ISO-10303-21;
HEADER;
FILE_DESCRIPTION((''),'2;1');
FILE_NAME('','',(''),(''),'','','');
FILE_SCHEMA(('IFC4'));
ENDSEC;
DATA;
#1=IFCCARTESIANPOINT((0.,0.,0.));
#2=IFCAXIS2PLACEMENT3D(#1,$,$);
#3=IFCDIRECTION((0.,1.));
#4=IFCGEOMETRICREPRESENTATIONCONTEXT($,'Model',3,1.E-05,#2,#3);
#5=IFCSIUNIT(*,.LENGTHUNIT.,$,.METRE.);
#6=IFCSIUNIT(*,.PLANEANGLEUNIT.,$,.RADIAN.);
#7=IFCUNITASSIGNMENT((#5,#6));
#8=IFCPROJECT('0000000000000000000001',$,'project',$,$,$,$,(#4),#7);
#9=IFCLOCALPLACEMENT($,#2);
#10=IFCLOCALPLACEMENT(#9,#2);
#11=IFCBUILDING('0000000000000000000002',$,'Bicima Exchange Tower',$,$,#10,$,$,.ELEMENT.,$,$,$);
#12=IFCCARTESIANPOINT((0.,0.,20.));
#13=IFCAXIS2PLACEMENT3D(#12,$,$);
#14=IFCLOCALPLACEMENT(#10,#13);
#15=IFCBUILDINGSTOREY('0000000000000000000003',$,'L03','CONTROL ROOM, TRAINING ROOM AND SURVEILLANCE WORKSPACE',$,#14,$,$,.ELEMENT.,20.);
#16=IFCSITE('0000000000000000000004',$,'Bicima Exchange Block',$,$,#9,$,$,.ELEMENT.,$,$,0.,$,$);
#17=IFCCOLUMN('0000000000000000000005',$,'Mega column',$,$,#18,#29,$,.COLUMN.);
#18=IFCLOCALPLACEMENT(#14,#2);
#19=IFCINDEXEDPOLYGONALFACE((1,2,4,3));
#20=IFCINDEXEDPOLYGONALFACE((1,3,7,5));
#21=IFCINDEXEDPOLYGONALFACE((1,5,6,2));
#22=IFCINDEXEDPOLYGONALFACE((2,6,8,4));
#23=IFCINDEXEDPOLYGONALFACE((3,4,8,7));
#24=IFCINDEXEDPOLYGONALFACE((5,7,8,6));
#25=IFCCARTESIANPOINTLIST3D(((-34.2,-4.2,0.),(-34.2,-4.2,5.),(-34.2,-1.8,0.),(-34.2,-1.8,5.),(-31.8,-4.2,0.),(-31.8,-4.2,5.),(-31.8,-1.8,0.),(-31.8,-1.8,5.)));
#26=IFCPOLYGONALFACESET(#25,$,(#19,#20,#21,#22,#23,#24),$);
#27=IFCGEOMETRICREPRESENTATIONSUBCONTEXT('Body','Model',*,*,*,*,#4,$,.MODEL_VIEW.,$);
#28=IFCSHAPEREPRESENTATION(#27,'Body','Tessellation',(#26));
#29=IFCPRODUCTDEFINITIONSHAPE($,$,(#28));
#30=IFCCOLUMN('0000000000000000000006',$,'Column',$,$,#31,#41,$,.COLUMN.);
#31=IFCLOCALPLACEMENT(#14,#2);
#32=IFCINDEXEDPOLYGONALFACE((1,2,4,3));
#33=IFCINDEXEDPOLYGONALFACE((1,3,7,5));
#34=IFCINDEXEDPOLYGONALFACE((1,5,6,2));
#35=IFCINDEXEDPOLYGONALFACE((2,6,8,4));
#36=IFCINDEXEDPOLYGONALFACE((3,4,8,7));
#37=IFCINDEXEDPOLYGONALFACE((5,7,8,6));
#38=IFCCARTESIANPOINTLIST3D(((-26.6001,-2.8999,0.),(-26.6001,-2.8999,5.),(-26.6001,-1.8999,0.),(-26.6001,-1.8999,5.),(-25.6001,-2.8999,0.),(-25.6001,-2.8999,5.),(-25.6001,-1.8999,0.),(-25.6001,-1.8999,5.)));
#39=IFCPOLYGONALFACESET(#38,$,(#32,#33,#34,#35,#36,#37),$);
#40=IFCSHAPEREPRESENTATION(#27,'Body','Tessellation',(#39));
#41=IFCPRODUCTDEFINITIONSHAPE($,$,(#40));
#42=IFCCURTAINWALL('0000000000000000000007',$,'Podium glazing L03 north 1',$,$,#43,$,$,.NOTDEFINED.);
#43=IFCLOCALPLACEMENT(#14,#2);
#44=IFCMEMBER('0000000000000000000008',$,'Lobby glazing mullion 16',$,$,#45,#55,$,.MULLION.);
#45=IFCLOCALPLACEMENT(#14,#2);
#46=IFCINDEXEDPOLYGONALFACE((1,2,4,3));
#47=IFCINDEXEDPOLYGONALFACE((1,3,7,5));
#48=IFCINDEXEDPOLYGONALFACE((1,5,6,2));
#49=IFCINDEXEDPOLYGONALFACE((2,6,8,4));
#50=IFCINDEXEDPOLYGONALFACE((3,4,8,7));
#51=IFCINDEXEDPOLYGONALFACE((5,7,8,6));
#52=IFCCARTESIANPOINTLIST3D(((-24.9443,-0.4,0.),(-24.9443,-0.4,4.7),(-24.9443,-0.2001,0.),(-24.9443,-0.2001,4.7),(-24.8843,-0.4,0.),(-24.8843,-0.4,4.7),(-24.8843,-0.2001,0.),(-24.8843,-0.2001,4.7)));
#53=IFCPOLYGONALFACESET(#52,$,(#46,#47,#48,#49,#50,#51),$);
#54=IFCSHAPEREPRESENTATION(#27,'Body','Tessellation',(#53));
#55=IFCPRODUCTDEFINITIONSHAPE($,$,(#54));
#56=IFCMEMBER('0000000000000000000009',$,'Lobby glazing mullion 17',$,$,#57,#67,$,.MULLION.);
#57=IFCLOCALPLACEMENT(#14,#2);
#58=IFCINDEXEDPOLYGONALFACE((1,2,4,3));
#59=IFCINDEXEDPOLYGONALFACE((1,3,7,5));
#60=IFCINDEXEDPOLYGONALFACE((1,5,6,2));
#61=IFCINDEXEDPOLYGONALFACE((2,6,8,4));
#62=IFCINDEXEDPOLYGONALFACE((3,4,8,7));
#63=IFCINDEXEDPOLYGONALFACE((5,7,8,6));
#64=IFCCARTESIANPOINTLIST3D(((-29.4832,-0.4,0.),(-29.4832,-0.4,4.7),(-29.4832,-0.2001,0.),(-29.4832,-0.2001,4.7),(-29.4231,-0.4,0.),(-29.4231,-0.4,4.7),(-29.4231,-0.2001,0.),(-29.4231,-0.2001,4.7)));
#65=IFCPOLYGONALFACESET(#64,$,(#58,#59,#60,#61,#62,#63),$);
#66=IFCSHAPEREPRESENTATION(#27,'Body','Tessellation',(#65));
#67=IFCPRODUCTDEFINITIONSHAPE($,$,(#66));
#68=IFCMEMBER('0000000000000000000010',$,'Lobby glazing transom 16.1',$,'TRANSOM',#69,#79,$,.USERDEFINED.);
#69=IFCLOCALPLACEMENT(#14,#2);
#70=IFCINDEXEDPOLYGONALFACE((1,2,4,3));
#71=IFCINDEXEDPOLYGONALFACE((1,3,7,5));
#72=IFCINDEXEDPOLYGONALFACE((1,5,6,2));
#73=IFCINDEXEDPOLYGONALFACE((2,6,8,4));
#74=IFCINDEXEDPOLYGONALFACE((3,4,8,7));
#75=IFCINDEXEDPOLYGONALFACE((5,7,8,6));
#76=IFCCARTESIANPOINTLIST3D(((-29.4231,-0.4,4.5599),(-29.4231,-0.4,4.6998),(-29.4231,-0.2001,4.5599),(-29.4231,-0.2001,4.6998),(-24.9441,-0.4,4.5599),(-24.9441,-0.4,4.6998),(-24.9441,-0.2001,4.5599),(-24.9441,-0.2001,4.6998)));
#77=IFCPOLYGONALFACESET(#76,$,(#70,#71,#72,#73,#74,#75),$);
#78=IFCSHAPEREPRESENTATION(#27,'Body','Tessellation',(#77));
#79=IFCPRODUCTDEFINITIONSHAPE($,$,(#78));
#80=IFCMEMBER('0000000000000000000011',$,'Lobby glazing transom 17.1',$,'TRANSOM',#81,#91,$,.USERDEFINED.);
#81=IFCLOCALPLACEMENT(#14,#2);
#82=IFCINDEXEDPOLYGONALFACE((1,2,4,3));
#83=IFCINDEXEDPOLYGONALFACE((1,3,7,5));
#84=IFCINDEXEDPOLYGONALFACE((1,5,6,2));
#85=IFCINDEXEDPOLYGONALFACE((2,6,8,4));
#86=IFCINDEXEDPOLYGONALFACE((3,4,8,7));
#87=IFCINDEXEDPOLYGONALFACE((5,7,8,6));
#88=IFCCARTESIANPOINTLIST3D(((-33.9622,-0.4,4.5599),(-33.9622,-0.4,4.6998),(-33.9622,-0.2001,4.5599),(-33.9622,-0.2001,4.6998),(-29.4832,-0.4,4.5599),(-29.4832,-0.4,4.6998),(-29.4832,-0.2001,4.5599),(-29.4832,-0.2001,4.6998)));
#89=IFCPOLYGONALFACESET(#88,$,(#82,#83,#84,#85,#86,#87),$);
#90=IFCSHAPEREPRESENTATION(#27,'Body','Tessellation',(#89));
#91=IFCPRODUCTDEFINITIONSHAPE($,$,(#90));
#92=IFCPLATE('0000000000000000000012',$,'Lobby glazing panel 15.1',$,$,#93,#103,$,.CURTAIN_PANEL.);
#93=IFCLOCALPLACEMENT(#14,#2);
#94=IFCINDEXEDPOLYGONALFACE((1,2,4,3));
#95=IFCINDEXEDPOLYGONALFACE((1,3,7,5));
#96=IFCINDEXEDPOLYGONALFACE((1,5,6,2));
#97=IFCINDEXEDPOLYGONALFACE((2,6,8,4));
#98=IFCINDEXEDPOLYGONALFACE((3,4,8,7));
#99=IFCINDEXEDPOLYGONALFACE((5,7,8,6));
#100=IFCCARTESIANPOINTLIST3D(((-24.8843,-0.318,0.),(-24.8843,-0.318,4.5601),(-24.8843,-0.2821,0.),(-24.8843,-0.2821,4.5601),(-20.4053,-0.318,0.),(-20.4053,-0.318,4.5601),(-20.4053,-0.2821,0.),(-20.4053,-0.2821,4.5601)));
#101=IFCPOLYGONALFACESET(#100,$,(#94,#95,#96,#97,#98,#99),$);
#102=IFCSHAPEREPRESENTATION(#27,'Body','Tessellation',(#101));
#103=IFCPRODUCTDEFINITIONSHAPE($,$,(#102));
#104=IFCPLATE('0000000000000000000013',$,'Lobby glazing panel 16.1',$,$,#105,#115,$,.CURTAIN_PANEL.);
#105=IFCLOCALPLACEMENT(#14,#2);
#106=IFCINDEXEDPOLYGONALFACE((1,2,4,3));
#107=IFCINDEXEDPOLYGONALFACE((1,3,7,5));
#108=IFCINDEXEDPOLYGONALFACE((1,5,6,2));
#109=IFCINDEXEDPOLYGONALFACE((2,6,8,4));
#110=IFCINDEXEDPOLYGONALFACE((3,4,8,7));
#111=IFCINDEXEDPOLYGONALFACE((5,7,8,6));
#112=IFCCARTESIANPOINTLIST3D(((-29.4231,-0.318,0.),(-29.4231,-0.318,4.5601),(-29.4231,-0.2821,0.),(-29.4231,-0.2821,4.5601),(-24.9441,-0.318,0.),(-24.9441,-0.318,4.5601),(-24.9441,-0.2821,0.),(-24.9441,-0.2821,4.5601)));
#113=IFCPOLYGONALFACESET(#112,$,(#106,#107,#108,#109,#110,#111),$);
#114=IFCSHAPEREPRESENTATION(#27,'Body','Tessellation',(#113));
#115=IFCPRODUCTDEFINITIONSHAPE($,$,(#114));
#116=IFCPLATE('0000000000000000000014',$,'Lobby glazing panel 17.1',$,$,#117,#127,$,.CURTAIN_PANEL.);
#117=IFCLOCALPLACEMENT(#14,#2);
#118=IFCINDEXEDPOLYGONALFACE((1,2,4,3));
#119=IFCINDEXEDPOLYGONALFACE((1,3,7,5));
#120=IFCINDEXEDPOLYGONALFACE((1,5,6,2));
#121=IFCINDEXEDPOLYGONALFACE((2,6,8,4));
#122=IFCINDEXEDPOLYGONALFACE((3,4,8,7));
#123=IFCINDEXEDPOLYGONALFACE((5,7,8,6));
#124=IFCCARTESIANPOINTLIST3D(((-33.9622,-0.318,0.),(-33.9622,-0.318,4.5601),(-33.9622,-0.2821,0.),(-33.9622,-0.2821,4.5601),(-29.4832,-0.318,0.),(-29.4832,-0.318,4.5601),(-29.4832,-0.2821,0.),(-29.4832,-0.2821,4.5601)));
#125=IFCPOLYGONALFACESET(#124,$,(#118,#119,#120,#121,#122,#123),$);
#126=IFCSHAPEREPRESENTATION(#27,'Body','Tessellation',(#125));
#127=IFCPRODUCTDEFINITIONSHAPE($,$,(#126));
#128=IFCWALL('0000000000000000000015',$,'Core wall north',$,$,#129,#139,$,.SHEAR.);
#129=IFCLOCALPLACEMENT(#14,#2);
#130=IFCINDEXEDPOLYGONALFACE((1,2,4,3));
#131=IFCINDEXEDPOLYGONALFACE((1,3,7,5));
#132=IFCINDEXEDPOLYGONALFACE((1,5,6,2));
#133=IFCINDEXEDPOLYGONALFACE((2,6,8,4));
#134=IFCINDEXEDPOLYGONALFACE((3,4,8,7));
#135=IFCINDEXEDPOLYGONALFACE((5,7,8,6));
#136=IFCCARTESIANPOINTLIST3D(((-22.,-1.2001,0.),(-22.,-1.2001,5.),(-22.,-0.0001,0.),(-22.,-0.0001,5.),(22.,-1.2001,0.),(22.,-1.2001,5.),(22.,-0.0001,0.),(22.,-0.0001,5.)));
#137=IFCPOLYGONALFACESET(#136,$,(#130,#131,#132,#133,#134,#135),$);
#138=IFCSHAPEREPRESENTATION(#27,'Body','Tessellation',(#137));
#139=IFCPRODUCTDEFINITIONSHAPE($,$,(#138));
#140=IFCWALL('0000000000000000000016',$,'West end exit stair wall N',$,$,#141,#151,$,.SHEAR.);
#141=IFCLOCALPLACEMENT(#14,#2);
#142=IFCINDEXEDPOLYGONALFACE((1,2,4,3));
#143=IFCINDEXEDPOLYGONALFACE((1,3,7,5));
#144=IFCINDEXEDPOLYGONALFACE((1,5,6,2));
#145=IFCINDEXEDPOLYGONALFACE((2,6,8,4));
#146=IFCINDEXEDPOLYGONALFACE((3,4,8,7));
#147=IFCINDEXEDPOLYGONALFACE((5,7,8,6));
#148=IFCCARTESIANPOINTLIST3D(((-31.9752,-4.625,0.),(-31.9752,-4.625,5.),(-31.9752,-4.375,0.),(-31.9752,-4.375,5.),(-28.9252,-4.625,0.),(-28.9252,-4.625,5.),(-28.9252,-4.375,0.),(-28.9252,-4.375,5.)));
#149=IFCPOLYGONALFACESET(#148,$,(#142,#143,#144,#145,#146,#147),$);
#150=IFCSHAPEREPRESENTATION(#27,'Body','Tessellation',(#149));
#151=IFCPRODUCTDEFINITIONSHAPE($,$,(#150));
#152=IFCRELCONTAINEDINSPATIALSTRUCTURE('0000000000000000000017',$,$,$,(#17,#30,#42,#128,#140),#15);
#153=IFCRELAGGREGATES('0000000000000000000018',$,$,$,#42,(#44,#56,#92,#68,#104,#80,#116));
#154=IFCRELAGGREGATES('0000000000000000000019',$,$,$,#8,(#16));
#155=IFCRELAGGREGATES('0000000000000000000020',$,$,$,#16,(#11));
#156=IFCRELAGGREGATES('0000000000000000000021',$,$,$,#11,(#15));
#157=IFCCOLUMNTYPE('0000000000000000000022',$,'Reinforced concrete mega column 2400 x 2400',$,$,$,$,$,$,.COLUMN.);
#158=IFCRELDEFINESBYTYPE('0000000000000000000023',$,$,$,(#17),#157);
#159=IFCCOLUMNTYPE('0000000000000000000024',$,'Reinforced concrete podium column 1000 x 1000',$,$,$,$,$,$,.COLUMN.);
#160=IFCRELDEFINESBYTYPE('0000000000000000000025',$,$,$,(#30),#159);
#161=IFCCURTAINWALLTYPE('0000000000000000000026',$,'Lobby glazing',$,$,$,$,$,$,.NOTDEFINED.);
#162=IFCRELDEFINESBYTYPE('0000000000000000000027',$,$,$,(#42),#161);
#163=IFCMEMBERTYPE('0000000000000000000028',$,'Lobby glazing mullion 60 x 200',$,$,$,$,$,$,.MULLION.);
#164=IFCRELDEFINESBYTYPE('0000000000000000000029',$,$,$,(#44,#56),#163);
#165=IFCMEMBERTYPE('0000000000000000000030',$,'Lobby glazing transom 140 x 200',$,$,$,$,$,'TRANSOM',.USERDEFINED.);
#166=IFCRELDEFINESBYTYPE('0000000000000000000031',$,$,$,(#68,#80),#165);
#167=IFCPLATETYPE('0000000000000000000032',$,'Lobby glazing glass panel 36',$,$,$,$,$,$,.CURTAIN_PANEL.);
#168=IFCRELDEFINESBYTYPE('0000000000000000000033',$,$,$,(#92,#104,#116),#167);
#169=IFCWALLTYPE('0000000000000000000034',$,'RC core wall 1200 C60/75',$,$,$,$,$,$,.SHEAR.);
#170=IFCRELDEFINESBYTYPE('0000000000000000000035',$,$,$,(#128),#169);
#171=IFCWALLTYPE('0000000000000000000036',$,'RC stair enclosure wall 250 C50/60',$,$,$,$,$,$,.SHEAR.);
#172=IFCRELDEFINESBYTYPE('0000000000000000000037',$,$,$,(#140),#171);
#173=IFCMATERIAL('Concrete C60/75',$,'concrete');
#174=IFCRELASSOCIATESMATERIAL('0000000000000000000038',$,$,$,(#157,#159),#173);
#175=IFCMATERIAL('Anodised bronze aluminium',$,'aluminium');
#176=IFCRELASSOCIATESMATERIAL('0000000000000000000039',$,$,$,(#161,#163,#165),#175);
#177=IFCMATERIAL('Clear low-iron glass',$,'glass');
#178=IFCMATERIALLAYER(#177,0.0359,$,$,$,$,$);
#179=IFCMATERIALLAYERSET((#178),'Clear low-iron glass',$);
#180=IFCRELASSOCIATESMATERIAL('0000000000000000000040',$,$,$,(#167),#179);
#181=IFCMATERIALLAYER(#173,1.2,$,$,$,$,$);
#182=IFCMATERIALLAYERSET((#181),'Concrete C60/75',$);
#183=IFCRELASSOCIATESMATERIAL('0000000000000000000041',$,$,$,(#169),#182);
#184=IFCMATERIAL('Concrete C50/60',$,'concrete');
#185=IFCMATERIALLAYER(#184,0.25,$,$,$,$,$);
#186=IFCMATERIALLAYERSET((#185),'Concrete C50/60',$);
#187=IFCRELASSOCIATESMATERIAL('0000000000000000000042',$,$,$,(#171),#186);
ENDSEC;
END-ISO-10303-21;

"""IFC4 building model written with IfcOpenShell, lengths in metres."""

from ifc_helpers import new_model, si_unit, direction, frame, frame_2d, origin, origin_2d, place, context, subcontext, project, spatial, rectangle, extrude, material, layer, layer_set, material_profile, profile_set, type_object, element, aggregate, save


model = new_model("IFC4")

# Units and contexts
model_context = context("Model", 3, precision=1e-05, world=origin(), true_north=direction((0.0, 1.0)))
body_context = subcontext(model_context, "Body", "Model", "MODEL_VIEW")
ifc_project = project(units=[si_unit("LENGTHUNIT", "METRE"), si_unit("PLANEANGLEUNIT", "RADIAN")], contexts=[model_context])

# Site, building, storey
site_placement = place(None, origin())
site = spatial("IfcSite", under=ifc_project, at=site_placement, Name="Bicima Exchange Block", CompositionType="ELEMENT", RefElevation=0.0)
building_placement = place(site_placement, origin())
building = spatial("IfcBuilding", under=site, at=building_placement, Name="Bicima Exchange Tower", CompositionType="ELEMENT")
storey_placement = place(building_placement, frame((0.0, 0.0, 20.0)))
storey = spatial("IfcBuildingStorey", under=building, at=storey_placement, Name="L03", Description="CONTROL ROOM, TRAINING ROOM AND SURVEILLANCE WORKSPACE", CompositionType="ELEMENT", Elevation=20.0)

# Columns
ifc_material_1 = material(Name="Concrete C60/75", Category="concrete")
ifc_material_profile_1 = material_profile(ifc_material_1, rectangle(XDim=2.3999, YDim=2.3999, at=origin_2d()))
ifc_profile_set_1 = profile_set([ifc_material_profile_1], Name="Concrete C60/75")
column_type_1 = type_object("IfcColumnType", Name="Reinforced concrete mega column 2400 x 2400", PredefinedType="COLUMN", material=ifc_profile_set_1)
column_1_placement = place(storey_placement, frame((-33.0, -3.0, 0.0), z_axis=(0.0, 0.0, 1.0), x_axis=(1.0, 0.0, 0.0)))
element("IfcColumn", 1, at=column_1_placement, inside=storey, type_object=column_type_1, Name="Mega column", PredefinedType="COLUMN", context=body_context, shape_type="SweptSolid", body=[
    extrude(rectangle(XDim=2.3999, YDim=2.3999, at=origin_2d()), origin(), (0.0, 0.0, 1.0), 5.0),
])
ifc_material_profile_2 = material_profile(ifc_material_1, rectangle(XDim=1.0, YDim=1.0, at=origin_2d()))
ifc_profile_set_2 = profile_set([ifc_material_profile_2], Name="Concrete C60/75")
column_type_2 = type_object("IfcColumnType", Name="Reinforced concrete podium column 1000 x 1000", PredefinedType="COLUMN", material=ifc_profile_set_2)
column_2_placement = place(storey_placement, frame((-26.1001, -2.3999, 0.0), z_axis=(0.0, 0.0, 1.0), x_axis=(1.0, 0.0, 0.0)))
element("IfcColumn", 2, at=column_2_placement, inside=storey, type_object=column_type_2, Name="Column", PredefinedType="COLUMN", context=body_context, shape_type="SweptSolid", body=[
    extrude(rectangle(XDim=1.0, YDim=1.0, at=origin_2d()), origin(), (0.0, 0.0, 1.0), 5.0),
])

# Curtain wall, members, plates
ifc_material_2 = material(Name="Anodised bronze aluminium", Category="aluminium")
curtain_wall_type = type_object("IfcCurtainWallType", Name="Lobby glazing", PredefinedType="NOTDEFINED", material=ifc_material_2)
curtain_wall_placement = place(storey_placement, origin())
curtain_wall = element("IfcCurtainWall", 3, at=curtain_wall_placement, inside=storey, type_object=curtain_wall_type, Name="Podium glazing L03 north 1", PredefinedType="NOTDEFINED")
ifc_material_profile_3 = material_profile(ifc_material_2, rectangle(XDim=0.2, YDim=0.0601, at=origin_2d()))
ifc_profile_set_3 = profile_set([ifc_material_profile_3], Name="Anodised bronze aluminium")
member_type_1 = type_object("IfcMemberType", Name="Lobby glazing mullion 60 x 200", PredefinedType="MULLION", material=ifc_profile_set_3)
member_1_placement = place(storey_placement, frame((-24.9143, -0.3, 0.0), z_axis=(0.0, 0.0, 1.0), x_axis=(0.0, -1.0, 0.0)))
member_1 = element("IfcMember", 4, at=member_1_placement, type_object=member_type_1, Name="Lobby glazing mullion 16", PredefinedType="MULLION", context=body_context, shape_type="SweptSolid", body=[
    extrude(rectangle(XDim=0.2, YDim=0.0601, at=origin_2d()), origin(), (0.0, 0.0, 1.0), 4.7),
])
member_2_placement = place(storey_placement, frame((-29.4531, -0.3, 0.0), z_axis=(0.0, 0.0, 1.0), x_axis=(0.0, -1.0, 0.0)))
member_2 = element("IfcMember", 5, at=member_2_placement, type_object=member_type_1, Name="Lobby glazing mullion 17", PredefinedType="MULLION", context=body_context, shape_type="SweptSolid", body=[
    extrude(rectangle(XDim=0.2, YDim=0.0601, at=origin_2d()), origin(), (0.0, 0.0, 1.0), 4.7),
])
ifc_material_profile_4 = material_profile(ifc_material_2, rectangle(XDim=0.2, YDim=0.1399, at=origin_2d()))
ifc_profile_set_4 = profile_set([ifc_material_profile_4], Name="Anodised bronze aluminium")
member_type_2 = type_object("IfcMemberType", Name="Lobby glazing transom 140 x 200", ElementType="TRANSOM", PredefinedType="USERDEFINED", material=ifc_profile_set_4)
member_3_placement = place(storey_placement, frame((-24.9441, -0.3, 4.6299), z_axis=(-1.0, 0.0, 0.0), x_axis=(0.0, -1.0, 0.0)))
member_3 = element("IfcMember", 6, at=member_3_placement, type_object=member_type_2, Name="Lobby glazing transom 16.1", ObjectType="TRANSOM", PredefinedType="USERDEFINED", context=body_context, shape_type="SweptSolid", body=[
    extrude(rectangle(XDim=0.2, YDim=0.1399, at=origin_2d()), origin(), (0.0, 0.0, 1.0), 4.479),
])
member_4_placement = place(storey_placement, frame((-29.4832, -0.3, 4.6299), z_axis=(-1.0, 0.0, 0.0), x_axis=(0.0, -1.0, 0.0)))
member_4 = element("IfcMember", 7, at=member_4_placement, type_object=member_type_2, Name="Lobby glazing transom 17.1", ObjectType="TRANSOM", PredefinedType="USERDEFINED", context=body_context, shape_type="SweptSolid", body=[
    extrude(rectangle(XDim=0.2, YDim=0.1399, at=origin_2d()), origin(), (0.0, 0.0, 1.0), 4.479),
])
ifc_material_3 = material(Name="Clear low-iron glass", Category="glass")
ifc_layer_1 = layer(ifc_material_3, 0.0359)
ifc_layer_set_1 = layer_set([ifc_layer_1], Name="Clear low-iron glass")
plate_type = type_object("IfcPlateType", Name="Lobby glazing glass panel 36", PredefinedType="CURTAIN_PANEL", material=ifc_layer_set_1)
plate_1_placement = place(storey_placement, frame((-22.6448, -0.3, 0.0), z_axis=(0.0, 0.0, 1.0), x_axis=(-1.0, 0.0, 0.0)))
plate_1 = element("IfcPlate", 8, at=plate_1_placement, type_object=plate_type, Name="Lobby glazing panel 15.1", PredefinedType="CURTAIN_PANEL", context=body_context, shape_type="SweptSolid", body=[
    extrude(rectangle(XDim=4.479, YDim=0.0359, at=origin_2d()), origin(), (0.0, 0.0, 1.0), 4.5601),
])
plate_2_placement = place(storey_placement, frame((-27.1836, -0.3, 0.0), z_axis=(0.0, 0.0, 1.0), x_axis=(-1.0, 0.0, 0.0)))
plate_2 = element("IfcPlate", 9, at=plate_2_placement, type_object=plate_type, Name="Lobby glazing panel 16.1", PredefinedType="CURTAIN_PANEL", context=body_context, shape_type="SweptSolid", body=[
    extrude(rectangle(XDim=4.479, YDim=0.0359, at=origin_2d()), origin(), (0.0, 0.0, 1.0), 4.5601),
])
plate_3_placement = place(storey_placement, frame((-31.7227, -0.3, 0.0), z_axis=(0.0, 0.0, 1.0), x_axis=(-1.0, 0.0, 0.0)))
plate_3 = element("IfcPlate", 10, at=plate_3_placement, type_object=plate_type, Name="Lobby glazing panel 17.1", PredefinedType="CURTAIN_PANEL", context=body_context, shape_type="SweptSolid", body=[
    extrude(rectangle(XDim=4.479, YDim=0.0359, at=origin_2d()), origin(), (0.0, 0.0, 1.0), 4.5601),
])
aggregate(curtain_wall, [member_1, member_2, plate_1, member_3, plate_2, member_4, plate_3])

# Walls
ifc_layer_2 = layer(ifc_material_1, 1.2)
ifc_layer_set_2 = layer_set([ifc_layer_2], Name="Concrete C60/75")
wall_type_1 = type_object("IfcWallType", Name="RC core wall 1200 C60/75", PredefinedType="SHEAR", material=ifc_layer_set_2)
wall_1_placement = place(storey_placement, frame((-22.0, -0.6001, 0.0), z_axis=(0.0, 0.0, 1.0), x_axis=(1.0, 0.0, 0.0)))
element("IfcWall", 11, at=wall_1_placement, inside=storey, type_object=wall_type_1, Name="Core wall north", PredefinedType="SHEAR", context=body_context, shape_type="SweptSolid", body=[
    extrude(rectangle(XDim=44.0, YDim=1.2, at=frame_2d((22.0, 0.0))), origin(), (0.0, 0.0, 1.0), 5.0),
])
ifc_material_4 = material(Name="Concrete C50/60", Category="concrete")
ifc_layer_3 = layer(ifc_material_4, 0.25)
ifc_layer_set_3 = layer_set([ifc_layer_3], Name="Concrete C50/60")
wall_type_2 = type_object("IfcWallType", Name="RC stair enclosure wall 250 C50/60", PredefinedType="SHEAR", material=ifc_layer_set_3)
wall_2_placement = place(storey_placement, frame((-31.9751, -4.5, 0.0), z_axis=(0.0, 0.0, 1.0), x_axis=(1.0, 0.0, 0.0)))
element("IfcWall", 12, at=wall_2_placement, inside=storey, type_object=wall_type_2, Name="West end exit stair wall N", PredefinedType="SHEAR", context=body_context, shape_type="SweptSolid", body=[
    extrude(rectangle(XDim=3.05, YDim=0.25, at=frame_2d((1.5249, 0.0))), origin(), (0.0, 0.0, 1.0), 5.0),
])

save(model, "model.ifc")
